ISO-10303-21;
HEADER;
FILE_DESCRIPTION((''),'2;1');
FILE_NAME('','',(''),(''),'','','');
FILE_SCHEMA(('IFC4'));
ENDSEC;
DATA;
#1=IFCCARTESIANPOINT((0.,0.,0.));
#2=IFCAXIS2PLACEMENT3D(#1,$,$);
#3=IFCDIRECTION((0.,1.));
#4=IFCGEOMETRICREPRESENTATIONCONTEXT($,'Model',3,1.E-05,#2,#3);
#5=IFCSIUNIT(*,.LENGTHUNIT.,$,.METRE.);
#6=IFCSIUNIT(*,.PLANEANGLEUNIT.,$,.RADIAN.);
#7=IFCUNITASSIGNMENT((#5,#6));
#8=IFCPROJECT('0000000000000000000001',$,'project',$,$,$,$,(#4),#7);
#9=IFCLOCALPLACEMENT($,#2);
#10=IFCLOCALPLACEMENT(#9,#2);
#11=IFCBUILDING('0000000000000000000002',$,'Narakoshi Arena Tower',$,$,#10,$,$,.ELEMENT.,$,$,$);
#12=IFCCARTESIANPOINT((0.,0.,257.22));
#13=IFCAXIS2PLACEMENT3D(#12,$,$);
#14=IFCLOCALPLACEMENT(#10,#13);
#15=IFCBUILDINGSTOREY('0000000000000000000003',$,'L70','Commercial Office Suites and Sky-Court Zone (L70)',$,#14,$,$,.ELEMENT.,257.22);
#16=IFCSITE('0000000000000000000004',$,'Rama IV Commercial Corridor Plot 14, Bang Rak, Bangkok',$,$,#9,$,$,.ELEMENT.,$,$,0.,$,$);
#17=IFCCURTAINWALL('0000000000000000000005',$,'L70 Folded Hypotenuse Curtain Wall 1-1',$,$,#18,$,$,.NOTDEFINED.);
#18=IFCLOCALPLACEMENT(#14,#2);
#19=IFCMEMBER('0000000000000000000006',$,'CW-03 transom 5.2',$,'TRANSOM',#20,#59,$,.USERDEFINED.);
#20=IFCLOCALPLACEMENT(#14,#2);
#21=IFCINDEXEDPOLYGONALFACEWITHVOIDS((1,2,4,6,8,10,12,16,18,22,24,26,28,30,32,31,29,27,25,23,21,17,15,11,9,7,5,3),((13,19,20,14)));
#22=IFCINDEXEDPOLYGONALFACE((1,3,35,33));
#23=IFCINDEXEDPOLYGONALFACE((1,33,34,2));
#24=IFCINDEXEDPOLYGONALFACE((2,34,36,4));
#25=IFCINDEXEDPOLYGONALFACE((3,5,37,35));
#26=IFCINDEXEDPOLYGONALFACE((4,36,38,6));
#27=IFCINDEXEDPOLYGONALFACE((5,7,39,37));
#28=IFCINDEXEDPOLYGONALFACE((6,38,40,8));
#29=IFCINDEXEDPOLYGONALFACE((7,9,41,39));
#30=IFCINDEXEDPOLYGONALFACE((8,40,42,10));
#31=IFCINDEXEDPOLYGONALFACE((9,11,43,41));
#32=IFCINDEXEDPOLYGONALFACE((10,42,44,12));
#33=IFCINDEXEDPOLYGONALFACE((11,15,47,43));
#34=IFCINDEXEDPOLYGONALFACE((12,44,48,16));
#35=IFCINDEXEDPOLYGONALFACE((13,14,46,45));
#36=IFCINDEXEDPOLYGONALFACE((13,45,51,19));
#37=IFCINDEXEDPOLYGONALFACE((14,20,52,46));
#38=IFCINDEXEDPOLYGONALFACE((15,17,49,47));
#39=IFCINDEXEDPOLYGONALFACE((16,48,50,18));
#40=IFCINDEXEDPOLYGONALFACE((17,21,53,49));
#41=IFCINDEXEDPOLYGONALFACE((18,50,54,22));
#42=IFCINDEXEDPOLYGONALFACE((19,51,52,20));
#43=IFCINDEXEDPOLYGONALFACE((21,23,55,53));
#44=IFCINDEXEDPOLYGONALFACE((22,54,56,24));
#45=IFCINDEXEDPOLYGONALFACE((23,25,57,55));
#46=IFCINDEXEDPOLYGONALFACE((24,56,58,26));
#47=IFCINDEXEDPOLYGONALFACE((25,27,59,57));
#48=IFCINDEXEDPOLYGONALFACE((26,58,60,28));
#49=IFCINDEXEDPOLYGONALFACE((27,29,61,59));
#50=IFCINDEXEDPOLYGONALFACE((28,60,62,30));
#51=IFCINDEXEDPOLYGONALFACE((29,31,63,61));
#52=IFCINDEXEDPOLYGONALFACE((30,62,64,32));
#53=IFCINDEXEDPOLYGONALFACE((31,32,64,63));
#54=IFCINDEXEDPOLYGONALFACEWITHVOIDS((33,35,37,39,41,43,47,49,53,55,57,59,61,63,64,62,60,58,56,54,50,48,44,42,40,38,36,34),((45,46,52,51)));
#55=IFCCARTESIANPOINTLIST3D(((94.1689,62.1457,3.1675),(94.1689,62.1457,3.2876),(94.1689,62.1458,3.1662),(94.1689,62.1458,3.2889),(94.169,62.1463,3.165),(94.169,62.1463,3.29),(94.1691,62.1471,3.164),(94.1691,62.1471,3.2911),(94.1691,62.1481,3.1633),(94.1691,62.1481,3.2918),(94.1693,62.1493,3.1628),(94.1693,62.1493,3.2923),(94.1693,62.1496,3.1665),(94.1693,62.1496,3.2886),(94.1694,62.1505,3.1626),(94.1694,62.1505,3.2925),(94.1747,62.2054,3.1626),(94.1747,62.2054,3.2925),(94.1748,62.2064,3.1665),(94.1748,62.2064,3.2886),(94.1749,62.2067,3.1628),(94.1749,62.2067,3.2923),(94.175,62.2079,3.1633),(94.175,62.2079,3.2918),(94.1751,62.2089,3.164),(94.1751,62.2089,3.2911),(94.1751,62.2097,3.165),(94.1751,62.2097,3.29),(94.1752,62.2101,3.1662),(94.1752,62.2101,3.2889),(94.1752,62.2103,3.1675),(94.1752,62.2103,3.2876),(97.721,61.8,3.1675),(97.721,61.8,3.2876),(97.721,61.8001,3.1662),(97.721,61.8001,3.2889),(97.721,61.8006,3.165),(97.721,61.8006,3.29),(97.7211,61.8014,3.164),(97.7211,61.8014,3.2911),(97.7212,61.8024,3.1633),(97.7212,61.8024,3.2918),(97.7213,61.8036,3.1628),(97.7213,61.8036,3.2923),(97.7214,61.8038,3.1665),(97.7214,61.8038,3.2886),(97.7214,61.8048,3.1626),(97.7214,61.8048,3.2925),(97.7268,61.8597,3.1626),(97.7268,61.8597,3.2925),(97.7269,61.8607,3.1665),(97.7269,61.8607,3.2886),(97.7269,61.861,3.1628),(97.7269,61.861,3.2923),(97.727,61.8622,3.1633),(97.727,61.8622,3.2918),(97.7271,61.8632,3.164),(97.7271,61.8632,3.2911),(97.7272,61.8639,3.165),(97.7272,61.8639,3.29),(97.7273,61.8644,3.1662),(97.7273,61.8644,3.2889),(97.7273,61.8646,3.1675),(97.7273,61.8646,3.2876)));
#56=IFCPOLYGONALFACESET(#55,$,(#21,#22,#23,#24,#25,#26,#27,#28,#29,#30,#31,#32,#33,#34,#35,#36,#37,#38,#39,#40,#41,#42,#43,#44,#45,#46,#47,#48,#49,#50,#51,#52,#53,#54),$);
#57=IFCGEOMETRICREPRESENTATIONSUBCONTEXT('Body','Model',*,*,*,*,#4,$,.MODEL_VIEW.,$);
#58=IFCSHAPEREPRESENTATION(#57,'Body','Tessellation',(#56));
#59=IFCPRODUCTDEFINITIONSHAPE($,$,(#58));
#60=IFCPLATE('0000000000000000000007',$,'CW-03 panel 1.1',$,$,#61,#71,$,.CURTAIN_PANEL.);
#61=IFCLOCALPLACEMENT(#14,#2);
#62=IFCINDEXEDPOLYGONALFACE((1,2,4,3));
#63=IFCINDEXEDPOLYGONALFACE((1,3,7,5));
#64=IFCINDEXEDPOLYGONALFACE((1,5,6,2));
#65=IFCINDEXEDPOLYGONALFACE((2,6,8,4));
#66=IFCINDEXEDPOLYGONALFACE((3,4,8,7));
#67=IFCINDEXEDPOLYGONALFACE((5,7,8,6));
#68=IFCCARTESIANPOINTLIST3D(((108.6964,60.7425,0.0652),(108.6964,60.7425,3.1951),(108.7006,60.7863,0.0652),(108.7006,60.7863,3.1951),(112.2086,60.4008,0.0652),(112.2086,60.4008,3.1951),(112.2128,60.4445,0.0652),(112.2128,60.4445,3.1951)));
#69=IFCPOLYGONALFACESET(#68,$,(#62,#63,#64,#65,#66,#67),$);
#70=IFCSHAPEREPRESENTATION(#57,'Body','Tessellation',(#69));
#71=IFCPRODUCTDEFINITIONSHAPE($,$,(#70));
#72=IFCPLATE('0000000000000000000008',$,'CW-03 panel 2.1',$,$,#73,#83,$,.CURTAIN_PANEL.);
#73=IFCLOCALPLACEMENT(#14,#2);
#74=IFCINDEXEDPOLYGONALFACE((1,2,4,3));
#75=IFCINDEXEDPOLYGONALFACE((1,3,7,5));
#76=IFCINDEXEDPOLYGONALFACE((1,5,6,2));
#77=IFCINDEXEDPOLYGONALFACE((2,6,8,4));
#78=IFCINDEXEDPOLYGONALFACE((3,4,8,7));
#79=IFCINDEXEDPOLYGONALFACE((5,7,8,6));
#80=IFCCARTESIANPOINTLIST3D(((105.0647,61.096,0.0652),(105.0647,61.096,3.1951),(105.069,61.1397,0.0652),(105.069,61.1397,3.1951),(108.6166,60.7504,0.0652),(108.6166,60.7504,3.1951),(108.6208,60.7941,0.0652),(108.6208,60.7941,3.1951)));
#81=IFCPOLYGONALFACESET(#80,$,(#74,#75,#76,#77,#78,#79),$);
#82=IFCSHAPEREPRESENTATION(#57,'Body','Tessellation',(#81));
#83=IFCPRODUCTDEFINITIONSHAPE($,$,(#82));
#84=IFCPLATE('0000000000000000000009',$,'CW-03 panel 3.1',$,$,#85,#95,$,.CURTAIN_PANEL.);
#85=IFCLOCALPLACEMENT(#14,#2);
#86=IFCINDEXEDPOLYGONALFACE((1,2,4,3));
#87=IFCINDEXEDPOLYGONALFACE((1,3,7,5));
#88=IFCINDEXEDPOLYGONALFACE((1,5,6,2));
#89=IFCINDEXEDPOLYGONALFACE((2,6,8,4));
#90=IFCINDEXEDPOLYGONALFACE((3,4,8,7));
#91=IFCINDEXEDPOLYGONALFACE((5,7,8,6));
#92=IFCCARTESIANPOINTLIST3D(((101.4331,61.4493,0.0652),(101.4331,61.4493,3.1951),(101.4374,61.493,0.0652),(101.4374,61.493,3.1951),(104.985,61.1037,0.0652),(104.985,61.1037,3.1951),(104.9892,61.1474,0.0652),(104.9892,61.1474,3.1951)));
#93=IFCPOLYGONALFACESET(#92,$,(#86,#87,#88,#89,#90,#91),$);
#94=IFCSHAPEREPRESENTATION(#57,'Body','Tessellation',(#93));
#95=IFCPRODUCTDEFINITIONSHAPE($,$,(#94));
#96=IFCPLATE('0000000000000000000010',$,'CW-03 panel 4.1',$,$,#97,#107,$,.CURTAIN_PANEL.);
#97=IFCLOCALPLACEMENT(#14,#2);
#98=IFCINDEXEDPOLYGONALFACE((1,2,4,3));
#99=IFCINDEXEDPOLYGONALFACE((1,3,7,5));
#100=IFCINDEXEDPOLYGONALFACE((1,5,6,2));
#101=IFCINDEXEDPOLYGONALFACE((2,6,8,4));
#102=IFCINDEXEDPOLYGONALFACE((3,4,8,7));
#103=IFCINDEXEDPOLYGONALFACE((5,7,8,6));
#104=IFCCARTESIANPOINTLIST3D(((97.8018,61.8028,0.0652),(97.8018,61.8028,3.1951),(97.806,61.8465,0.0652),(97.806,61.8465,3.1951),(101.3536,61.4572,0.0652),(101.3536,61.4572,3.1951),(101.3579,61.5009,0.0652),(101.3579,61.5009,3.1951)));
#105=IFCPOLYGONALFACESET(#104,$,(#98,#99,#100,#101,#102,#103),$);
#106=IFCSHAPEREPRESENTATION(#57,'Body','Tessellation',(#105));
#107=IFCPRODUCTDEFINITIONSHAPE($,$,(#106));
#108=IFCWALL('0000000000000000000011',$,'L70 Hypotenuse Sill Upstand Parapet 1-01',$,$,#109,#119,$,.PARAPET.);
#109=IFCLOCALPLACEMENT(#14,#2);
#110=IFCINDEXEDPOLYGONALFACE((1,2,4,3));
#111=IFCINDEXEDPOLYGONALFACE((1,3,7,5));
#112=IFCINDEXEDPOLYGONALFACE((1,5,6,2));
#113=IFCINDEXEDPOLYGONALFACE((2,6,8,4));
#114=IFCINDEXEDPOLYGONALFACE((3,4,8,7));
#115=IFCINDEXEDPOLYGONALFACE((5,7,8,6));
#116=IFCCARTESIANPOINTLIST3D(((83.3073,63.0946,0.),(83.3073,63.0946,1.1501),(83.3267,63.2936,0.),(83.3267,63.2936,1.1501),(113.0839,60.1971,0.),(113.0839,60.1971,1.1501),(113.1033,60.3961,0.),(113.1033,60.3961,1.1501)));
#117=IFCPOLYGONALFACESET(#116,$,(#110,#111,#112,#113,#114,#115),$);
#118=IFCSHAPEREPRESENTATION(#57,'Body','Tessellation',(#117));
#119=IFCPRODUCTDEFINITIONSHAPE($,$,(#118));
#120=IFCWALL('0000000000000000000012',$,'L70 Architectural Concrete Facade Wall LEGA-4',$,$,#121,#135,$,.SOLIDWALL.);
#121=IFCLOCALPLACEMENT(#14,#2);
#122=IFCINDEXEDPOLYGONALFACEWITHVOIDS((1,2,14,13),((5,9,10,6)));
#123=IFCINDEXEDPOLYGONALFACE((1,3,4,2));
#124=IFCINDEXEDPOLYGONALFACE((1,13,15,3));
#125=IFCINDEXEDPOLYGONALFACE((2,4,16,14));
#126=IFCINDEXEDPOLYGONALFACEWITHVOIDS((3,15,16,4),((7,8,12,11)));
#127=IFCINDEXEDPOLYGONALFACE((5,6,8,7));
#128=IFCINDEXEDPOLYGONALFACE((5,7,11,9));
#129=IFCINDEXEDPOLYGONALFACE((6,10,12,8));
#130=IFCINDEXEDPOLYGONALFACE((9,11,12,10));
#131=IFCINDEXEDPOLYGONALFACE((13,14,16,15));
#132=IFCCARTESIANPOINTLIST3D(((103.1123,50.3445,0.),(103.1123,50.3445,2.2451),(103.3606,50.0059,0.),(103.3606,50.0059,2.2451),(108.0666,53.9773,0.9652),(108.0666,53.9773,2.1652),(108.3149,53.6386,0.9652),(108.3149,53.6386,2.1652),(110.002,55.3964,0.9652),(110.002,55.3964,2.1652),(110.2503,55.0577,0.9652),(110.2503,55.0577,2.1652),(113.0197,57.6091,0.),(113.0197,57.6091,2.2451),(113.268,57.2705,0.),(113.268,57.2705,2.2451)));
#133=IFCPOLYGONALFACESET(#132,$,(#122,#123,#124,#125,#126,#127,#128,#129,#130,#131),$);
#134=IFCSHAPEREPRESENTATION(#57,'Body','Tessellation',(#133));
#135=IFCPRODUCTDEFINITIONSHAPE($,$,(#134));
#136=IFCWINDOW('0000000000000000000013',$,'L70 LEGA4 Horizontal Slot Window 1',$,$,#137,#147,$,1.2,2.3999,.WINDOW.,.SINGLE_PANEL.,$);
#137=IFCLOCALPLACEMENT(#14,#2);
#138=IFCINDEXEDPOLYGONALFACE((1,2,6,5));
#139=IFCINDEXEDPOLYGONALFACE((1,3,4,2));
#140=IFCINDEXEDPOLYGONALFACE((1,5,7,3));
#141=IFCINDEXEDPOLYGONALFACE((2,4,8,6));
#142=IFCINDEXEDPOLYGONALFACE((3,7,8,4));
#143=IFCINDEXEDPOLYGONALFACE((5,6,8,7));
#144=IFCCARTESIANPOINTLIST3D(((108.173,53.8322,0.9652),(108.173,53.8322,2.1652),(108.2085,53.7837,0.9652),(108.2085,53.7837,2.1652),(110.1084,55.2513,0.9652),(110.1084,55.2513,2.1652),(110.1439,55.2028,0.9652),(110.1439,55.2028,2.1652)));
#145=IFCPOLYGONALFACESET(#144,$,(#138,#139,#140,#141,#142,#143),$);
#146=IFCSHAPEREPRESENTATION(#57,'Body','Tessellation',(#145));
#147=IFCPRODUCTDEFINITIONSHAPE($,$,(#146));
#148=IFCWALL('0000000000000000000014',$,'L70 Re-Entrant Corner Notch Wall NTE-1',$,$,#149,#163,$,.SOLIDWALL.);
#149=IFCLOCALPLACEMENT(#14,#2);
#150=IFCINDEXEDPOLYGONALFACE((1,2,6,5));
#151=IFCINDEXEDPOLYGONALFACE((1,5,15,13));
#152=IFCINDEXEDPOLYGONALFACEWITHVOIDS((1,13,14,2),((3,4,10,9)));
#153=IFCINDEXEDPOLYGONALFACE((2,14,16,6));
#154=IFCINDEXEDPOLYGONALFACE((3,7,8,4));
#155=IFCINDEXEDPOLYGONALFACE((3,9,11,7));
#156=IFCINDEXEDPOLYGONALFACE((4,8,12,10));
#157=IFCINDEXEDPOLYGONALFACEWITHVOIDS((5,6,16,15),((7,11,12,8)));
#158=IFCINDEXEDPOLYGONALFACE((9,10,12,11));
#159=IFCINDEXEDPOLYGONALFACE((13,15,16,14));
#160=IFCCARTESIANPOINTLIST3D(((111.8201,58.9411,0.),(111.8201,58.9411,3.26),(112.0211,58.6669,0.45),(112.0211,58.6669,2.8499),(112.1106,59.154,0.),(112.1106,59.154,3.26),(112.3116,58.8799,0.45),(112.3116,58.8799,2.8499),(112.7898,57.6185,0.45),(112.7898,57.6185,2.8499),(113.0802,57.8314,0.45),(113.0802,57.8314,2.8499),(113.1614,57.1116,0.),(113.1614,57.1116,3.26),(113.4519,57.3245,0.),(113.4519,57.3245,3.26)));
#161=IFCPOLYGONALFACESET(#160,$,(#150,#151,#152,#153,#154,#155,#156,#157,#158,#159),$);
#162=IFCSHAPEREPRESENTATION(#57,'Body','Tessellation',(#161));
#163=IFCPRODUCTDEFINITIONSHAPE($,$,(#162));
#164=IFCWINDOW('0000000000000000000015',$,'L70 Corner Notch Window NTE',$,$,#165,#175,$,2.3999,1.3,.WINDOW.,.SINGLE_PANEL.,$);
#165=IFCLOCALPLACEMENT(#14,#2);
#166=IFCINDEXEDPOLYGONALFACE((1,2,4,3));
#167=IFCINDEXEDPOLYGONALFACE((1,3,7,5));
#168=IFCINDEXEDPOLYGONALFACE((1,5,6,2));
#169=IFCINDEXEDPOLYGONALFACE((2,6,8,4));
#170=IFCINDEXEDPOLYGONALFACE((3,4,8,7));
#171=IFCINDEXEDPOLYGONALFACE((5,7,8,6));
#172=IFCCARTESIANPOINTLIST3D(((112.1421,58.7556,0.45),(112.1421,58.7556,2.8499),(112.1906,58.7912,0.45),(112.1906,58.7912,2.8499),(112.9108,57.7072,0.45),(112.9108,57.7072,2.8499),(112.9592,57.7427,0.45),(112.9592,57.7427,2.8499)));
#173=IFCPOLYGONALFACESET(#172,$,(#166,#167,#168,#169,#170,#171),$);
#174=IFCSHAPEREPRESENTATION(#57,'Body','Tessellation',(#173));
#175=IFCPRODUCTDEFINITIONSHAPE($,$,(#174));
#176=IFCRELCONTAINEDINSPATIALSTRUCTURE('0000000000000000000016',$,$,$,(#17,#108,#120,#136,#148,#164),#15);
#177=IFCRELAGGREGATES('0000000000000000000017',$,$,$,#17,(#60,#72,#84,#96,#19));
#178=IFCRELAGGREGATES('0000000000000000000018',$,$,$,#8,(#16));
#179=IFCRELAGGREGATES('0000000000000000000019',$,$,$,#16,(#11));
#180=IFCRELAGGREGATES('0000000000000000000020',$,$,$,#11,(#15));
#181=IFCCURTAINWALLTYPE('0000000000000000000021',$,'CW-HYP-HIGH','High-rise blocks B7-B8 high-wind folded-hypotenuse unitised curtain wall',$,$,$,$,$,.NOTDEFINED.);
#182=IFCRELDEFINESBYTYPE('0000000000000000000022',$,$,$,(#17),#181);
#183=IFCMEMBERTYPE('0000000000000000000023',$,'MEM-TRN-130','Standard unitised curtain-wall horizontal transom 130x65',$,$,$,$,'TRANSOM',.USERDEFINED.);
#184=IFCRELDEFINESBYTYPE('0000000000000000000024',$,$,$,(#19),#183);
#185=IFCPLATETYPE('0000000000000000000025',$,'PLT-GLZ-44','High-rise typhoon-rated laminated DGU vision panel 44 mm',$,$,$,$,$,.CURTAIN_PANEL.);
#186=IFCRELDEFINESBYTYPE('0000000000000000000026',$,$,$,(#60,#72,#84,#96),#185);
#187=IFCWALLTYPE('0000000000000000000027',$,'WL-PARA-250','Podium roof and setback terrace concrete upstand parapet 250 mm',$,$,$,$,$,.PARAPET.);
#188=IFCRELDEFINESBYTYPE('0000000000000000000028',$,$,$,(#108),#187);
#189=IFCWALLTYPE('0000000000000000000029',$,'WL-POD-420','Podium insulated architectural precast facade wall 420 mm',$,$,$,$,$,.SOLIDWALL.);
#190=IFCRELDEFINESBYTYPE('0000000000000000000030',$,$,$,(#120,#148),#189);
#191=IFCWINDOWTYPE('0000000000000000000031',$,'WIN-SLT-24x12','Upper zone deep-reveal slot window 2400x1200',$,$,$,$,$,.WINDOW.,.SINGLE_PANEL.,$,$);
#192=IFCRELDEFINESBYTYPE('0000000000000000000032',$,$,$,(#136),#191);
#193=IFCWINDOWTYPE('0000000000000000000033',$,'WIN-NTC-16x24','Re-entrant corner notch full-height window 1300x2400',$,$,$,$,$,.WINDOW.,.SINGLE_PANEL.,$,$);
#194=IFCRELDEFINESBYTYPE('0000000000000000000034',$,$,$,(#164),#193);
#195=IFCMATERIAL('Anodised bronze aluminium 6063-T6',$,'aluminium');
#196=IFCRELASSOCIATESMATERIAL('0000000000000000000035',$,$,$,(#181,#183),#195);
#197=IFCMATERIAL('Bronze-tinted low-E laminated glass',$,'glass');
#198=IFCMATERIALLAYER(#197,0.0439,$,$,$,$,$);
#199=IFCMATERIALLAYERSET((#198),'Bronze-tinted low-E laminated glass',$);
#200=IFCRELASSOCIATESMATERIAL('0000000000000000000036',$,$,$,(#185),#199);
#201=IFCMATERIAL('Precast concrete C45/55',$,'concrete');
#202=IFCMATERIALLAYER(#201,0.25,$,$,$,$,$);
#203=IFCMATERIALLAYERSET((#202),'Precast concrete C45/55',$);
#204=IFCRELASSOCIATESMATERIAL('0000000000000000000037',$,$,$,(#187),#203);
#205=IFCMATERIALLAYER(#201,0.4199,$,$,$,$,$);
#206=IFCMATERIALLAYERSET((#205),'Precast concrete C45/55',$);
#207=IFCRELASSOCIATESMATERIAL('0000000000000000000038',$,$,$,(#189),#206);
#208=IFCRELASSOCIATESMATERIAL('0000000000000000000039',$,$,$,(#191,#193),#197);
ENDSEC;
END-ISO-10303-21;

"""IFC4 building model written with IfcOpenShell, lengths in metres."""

from ifc_helpers import new_model, si_unit, direction, frame, frame_2d, origin, origin_2d, place, context, subcontext, project, spatial, rectangle, hollow_rectangle, extrude, material, layer, layer_set, material_profile, profile_set, type_object, element, fill, aggregate, save


model = new_model("IFC4")

# Units and contexts
model_context = context("Model", 3, precision=1e-05, world=origin(), true_north=direction((0.0, 1.0)))
body_context = subcontext(model_context, "Body", "Model", "MODEL_VIEW")
ifc_project = project(units=[si_unit("LENGTHUNIT", "METRE"), si_unit("PLANEANGLEUNIT", "RADIAN")], contexts=[model_context])

# Site, building, storey
site_placement = place(None, origin())
site = spatial("IfcSite", under=ifc_project, at=site_placement, Name="Rama IV Commercial Corridor Plot 14, Bang Rak, Bangkok", CompositionType="ELEMENT", RefElevation=0.0)
building_placement = place(site_placement, origin())
building = spatial("IfcBuilding", under=site, at=building_placement, Name="Narakoshi Arena Tower", CompositionType="ELEMENT")
storey_placement = place(building_placement, frame((0.0, 0.0, 257.22)))
storey = spatial("IfcBuildingStorey", under=building, at=storey_placement, Name="L70", Description="Commercial Office Suites and Sky-Court Zone (L70)", CompositionType="ELEMENT", Elevation=257.22)

# Curtain wall, member, plates
ifc_material_1 = material(Name="Anodised bronze aluminium 6063-T6", Category="aluminium")
curtain_wall_type = type_object("IfcCurtainWallType", Name="CW-HYP-HIGH", Description="High-rise blocks B7-B8 high-wind folded-hypotenuse unitised curtain wall", PredefinedType="NOTDEFINED", material=ifc_material_1)
curtain_wall_placement = place(storey_placement, origin())
curtain_wall = element("IfcCurtainWall", 1, at=curtain_wall_placement, inside=storey, type_object=curtain_wall_type, Name="L70 Folded Hypotenuse Curtain Wall 1-1", PredefinedType="NOTDEFINED")
ifc_material_profile_1 = material_profile(ifc_material_1, hollow_rectangle(XDim=0.0649, YDim=0.1299, WallThickness=0.0039, OuterFilletRadius=0.0049, at=origin_2d()), Name="TRN130x65x4")
ifc_profile_set_1 = profile_set([ifc_material_profile_1], Name="Anodised bronze aluminium 6063-T6")
member_type_1 = type_object("IfcMemberType", Name="MEM-TRN-130", Description="Standard unitised curtain-wall horizontal transom 130x65", ElementType="TRANSOM", PredefinedType="USERDEFINED", material=ifc_profile_set_1)
member_1_placement = place(storey_placement, frame((97.7241, 61.8323, 3.2275), z_axis=(-0.995297, 0.096869, 0.0), x_axis=(-0.096869, -0.995297, 0.0)))
member_1 = element("IfcMember", 2, at=member_1_placement, type_object=member_type_1, Name="CW-03 transom 5.2", ObjectType="TRANSOM", PredefinedType="USERDEFINED", context=body_context, shape_type="SweptSolid", body=[
    extrude(hollow_rectangle(XDim=0.0649, YDim=0.1299, WallThickness=0.0039, OuterFilletRadius=0.0049, at=origin_2d()), origin(), (0.0, 0.0, 1.0), 3.5688),
])
ifc_material_2 = material(Name="Bronze-tinted low-E laminated glass", Category="glass")
ifc_layer_1 = layer(ifc_material_2, 0.0439)
ifc_layer_set_1 = layer_set([ifc_layer_1], Name="Bronze-tinted low-E laminated glass")
plate_type = type_object("IfcPlateType", Name="PLT-GLZ-44", Description="High-rise typhoon-rated laminated DGU vision panel 44 mm", PredefinedType="CURTAIN_PANEL", material=ifc_layer_set_1)
plate_1_placement = place(storey_placement, frame((110.4546, 60.5935, 0.0652), z_axis=(0.0, 0.0, 1.0), x_axis=(-0.995299, 0.096851, 0.0)))
plate_1 = element("IfcPlate", 3, at=plate_1_placement, type_object=plate_type, Name="CW-03 panel 1.1", PredefinedType="CURTAIN_PANEL", context=body_context, shape_type="SweptSolid", body=[
    extrude(rectangle(XDim=3.5288, YDim=0.0439, at=origin_2d()), origin(), (0.0, 0.0, 1.0), 3.1299),
])
plate_2_placement = place(storey_placement, frame((106.8428, 60.9451, 0.0652), z_axis=(0.0, 0.0, 1.0), x_axis=(-0.995299, 0.096851, 0.0)))
plate_2 = element("IfcPlate", 4, at=plate_2_placement, type_object=plate_type, Name="CW-03 panel 2.1", PredefinedType="CURTAIN_PANEL", context=body_context, shape_type="SweptSolid", body=[
    extrude(rectangle(XDim=3.5686, YDim=0.0439, at=origin_2d()), origin(), (0.0, 0.0, 1.0), 3.1299),
])
plate_3_placement = place(storey_placement, frame((103.2112, 61.2983, 0.0652), z_axis=(0.0, 0.0, 1.0), x_axis=(-0.995299, 0.096851, 0.0)))
plate_3 = element("IfcPlate", 5, at=plate_3_placement, type_object=plate_type, Name="CW-03 panel 3.1", PredefinedType="CURTAIN_PANEL", context=body_context, shape_type="SweptSolid", body=[
    extrude(rectangle(XDim=3.5686, YDim=0.0439, at=origin_2d()), origin(), (0.0, 0.0, 1.0), 3.1299),
])
plate_4_placement = place(storey_placement, frame((99.5798, 61.6519, 0.0652), z_axis=(0.0, 0.0, 1.0), x_axis=(-0.995299, 0.096851, 0.0)))
plate_4 = element("IfcPlate", 6, at=plate_4_placement, type_object=plate_type, Name="CW-03 panel 4.1", PredefinedType="CURTAIN_PANEL", context=body_context, shape_type="SweptSolid", body=[
    extrude(rectangle(XDim=3.5686, YDim=0.0439, at=origin_2d()), origin(), (0.0, 0.0, 1.0), 3.1299),
])
aggregate(curtain_wall, [plate_1, plate_2, plate_3, plate_4, member_1])

# Wall
ifc_material_3 = material(Name="Precast concrete C45/55", Category="concrete")
ifc_layer_2 = layer(ifc_material_3, 0.25)
ifc_layer_set_2 = layer_set([ifc_layer_2], Name="Precast concrete C45/55")
wall_type_1 = type_object("IfcWallType", Name="WL-PARA-250", Description="Podium roof and setback terrace concrete upstand parapet 250 mm", PredefinedType="PARAPET", material=ifc_layer_set_2)
wall_1_placement = place(storey_placement, frame((113.0935, 60.2966, 0.0), z_axis=(0.0, 0.0, 1.0), x_axis=(-0.995299, 0.096849, 0.0)))
element("IfcWall", 7, at=wall_1_placement, inside=storey, type_object=wall_type_1, Name="L70 Hypotenuse Sill Upstand Parapet 1-01", PredefinedType="PARAPET", context=body_context, shape_type="SweptSolid", body=[
    extrude(rectangle(XDim=29.9172, YDim=0.2, at=frame_2d((14.9585, 0.0))), origin(), (0.0, 0.0, 1.0), 1.1501),
])

# Walls, openings, windows
ifc_layer_3 = layer(ifc_material_3, 0.4199)
ifc_layer_set_3 = layer_set([ifc_layer_3], Name="Precast concrete C45/55")
wall_type_2 = type_object("IfcWallType", Name="WL-POD-420", Description="Podium insulated architectural precast facade wall 420 mm", PredefinedType="SOLIDWALL", material=ifc_layer_set_3)
wall_2_placement = place(storey_placement, frame((103.2366, 50.1753, 0.0), z_axis=(0.0, 0.0, 1.0), x_axis=(0.806437, 0.59132, 0.0)))
wall_2 = element("IfcWall", 8, at=wall_2_placement, inside=storey, type_object=wall_type_2, Name="L70 Architectural Concrete Facade Wall LEGA-4", PredefinedType="SOLIDWALL", context=body_context, shape_type="SweptSolid", body=[
    extrude(rectangle(XDim=12.2854, YDim=0.4199, at=frame_2d((6.1426, 0.0))), origin(), (0.0, 0.0, 1.0), 2.2451),
])
opening_1_placement = place(wall_2_placement, frame((6.1433, 0.0, 0.9651)))
opening_1 = element("IfcOpeningElement", 9, at=opening_1_placement, cuts=wall_2, PredefinedType="OPENING", context=body_context, shape_type="SweptSolid", body=[
    extrude(rectangle(XDim=2.3999, YDim=1.2, at=frame_2d((1.2, 0.6001))), frame((0.0, 0.22, 0.0), z_axis=(0.0, -1.0, 0.0), x_axis=(1.0, 0.0, 0.0)), (0.0, 0.0, 1.0), 0.4399),
])
window_type_1 = type_object("IfcWindowType", Name="WIN-SLT-24x12", Description="Upper zone deep-reveal slot window 2400x1200", PartitioningType="SINGLE_PANEL", PredefinedType="WINDOW", material=ifc_material_2)
window_1_placement = place(opening_1_placement, origin())
window_1 = element("IfcWindow", 10, at=window_1_placement, inside=storey, type_object=window_type_1, Name="L70 LEGA4 Horizontal Slot Window 1", OverallHeight=1.2, OverallWidth=2.3999, PartitioningType="SINGLE_PANEL", PredefinedType="WINDOW", context=body_context, shape_type="SweptSolid", body=[
    extrude(rectangle(XDim=2.3999, YDim=1.2, at=frame_2d((1.2, 0.6001))), frame((0.0, 0.03, 0.0), z_axis=(0.0, -1.0, 0.0), x_axis=(1.0, 0.0, 0.0)), (0.0, 0.0, 1.0), 0.0601),
])
fill(opening_1, window_1)
wall_3_placement = place(storey_placement, frame((113.3066, 57.218, 0.0), z_axis=(0.0, 0.0, 1.0), x_axis=(-0.591252, 0.806487, 0.0)))
wall_3 = element("IfcWall", 11, at=wall_3_placement, inside=storey, type_object=wall_type_2, Name="L70 Re-Entrant Corner Notch Wall NTE-1", PredefinedType="SOLIDWALL", context=body_context, shape_type="SweptSolid", body=[
    extrude(rectangle(XDim=2.2686, YDim=0.3601, at=frame_2d((1.1343, 0.0))), origin(), (0.0, 0.0, 1.0), 3.26),
])
opening_2_placement = place(wall_3_placement, frame((0.6287, 0.0, 0.45)))
opening_2 = element("IfcOpeningElement", 12, at=opening_2_placement, cuts=wall_3, PredefinedType="OPENING", context=body_context, shape_type="SweptSolid", body=[
    extrude(rectangle(XDim=1.3, YDim=2.3999, at=frame_2d((0.6499, 1.2))), frame((0.0, 0.1899, 0.0), z_axis=(0.0, -1.0, 0.0), x_axis=(1.0, 0.0, 0.0)), (0.0, 0.0, 1.0), 0.3801),
])
window_type_2 = type_object("IfcWindowType", Name="WIN-NTC-16x24", Description="Re-entrant corner notch full-height window 1300x2400", PartitioningType="SINGLE_PANEL", PredefinedType="WINDOW", material=ifc_material_2)
window_2_placement = place(opening_2_placement, origin())
window_2 = element("IfcWindow", 13, at=window_2_placement, inside=storey, type_object=window_type_2, Name="L70 Corner Notch Window NTE", OverallHeight=2.3999, OverallWidth=1.3, PartitioningType="SINGLE_PANEL", PredefinedType="WINDOW", context=body_context, shape_type="SweptSolid", body=[
    extrude(rectangle(XDim=1.3, YDim=2.3999, at=frame_2d((0.6499, 1.2))), frame((0.0, 0.03, 0.0), z_axis=(0.0, -1.0, 0.0), x_axis=(1.0, 0.0, 0.0)), (0.0, 0.0, 1.0), 0.0601),
])
fill(opening_2, window_2)

save(model, "model.ifc")
